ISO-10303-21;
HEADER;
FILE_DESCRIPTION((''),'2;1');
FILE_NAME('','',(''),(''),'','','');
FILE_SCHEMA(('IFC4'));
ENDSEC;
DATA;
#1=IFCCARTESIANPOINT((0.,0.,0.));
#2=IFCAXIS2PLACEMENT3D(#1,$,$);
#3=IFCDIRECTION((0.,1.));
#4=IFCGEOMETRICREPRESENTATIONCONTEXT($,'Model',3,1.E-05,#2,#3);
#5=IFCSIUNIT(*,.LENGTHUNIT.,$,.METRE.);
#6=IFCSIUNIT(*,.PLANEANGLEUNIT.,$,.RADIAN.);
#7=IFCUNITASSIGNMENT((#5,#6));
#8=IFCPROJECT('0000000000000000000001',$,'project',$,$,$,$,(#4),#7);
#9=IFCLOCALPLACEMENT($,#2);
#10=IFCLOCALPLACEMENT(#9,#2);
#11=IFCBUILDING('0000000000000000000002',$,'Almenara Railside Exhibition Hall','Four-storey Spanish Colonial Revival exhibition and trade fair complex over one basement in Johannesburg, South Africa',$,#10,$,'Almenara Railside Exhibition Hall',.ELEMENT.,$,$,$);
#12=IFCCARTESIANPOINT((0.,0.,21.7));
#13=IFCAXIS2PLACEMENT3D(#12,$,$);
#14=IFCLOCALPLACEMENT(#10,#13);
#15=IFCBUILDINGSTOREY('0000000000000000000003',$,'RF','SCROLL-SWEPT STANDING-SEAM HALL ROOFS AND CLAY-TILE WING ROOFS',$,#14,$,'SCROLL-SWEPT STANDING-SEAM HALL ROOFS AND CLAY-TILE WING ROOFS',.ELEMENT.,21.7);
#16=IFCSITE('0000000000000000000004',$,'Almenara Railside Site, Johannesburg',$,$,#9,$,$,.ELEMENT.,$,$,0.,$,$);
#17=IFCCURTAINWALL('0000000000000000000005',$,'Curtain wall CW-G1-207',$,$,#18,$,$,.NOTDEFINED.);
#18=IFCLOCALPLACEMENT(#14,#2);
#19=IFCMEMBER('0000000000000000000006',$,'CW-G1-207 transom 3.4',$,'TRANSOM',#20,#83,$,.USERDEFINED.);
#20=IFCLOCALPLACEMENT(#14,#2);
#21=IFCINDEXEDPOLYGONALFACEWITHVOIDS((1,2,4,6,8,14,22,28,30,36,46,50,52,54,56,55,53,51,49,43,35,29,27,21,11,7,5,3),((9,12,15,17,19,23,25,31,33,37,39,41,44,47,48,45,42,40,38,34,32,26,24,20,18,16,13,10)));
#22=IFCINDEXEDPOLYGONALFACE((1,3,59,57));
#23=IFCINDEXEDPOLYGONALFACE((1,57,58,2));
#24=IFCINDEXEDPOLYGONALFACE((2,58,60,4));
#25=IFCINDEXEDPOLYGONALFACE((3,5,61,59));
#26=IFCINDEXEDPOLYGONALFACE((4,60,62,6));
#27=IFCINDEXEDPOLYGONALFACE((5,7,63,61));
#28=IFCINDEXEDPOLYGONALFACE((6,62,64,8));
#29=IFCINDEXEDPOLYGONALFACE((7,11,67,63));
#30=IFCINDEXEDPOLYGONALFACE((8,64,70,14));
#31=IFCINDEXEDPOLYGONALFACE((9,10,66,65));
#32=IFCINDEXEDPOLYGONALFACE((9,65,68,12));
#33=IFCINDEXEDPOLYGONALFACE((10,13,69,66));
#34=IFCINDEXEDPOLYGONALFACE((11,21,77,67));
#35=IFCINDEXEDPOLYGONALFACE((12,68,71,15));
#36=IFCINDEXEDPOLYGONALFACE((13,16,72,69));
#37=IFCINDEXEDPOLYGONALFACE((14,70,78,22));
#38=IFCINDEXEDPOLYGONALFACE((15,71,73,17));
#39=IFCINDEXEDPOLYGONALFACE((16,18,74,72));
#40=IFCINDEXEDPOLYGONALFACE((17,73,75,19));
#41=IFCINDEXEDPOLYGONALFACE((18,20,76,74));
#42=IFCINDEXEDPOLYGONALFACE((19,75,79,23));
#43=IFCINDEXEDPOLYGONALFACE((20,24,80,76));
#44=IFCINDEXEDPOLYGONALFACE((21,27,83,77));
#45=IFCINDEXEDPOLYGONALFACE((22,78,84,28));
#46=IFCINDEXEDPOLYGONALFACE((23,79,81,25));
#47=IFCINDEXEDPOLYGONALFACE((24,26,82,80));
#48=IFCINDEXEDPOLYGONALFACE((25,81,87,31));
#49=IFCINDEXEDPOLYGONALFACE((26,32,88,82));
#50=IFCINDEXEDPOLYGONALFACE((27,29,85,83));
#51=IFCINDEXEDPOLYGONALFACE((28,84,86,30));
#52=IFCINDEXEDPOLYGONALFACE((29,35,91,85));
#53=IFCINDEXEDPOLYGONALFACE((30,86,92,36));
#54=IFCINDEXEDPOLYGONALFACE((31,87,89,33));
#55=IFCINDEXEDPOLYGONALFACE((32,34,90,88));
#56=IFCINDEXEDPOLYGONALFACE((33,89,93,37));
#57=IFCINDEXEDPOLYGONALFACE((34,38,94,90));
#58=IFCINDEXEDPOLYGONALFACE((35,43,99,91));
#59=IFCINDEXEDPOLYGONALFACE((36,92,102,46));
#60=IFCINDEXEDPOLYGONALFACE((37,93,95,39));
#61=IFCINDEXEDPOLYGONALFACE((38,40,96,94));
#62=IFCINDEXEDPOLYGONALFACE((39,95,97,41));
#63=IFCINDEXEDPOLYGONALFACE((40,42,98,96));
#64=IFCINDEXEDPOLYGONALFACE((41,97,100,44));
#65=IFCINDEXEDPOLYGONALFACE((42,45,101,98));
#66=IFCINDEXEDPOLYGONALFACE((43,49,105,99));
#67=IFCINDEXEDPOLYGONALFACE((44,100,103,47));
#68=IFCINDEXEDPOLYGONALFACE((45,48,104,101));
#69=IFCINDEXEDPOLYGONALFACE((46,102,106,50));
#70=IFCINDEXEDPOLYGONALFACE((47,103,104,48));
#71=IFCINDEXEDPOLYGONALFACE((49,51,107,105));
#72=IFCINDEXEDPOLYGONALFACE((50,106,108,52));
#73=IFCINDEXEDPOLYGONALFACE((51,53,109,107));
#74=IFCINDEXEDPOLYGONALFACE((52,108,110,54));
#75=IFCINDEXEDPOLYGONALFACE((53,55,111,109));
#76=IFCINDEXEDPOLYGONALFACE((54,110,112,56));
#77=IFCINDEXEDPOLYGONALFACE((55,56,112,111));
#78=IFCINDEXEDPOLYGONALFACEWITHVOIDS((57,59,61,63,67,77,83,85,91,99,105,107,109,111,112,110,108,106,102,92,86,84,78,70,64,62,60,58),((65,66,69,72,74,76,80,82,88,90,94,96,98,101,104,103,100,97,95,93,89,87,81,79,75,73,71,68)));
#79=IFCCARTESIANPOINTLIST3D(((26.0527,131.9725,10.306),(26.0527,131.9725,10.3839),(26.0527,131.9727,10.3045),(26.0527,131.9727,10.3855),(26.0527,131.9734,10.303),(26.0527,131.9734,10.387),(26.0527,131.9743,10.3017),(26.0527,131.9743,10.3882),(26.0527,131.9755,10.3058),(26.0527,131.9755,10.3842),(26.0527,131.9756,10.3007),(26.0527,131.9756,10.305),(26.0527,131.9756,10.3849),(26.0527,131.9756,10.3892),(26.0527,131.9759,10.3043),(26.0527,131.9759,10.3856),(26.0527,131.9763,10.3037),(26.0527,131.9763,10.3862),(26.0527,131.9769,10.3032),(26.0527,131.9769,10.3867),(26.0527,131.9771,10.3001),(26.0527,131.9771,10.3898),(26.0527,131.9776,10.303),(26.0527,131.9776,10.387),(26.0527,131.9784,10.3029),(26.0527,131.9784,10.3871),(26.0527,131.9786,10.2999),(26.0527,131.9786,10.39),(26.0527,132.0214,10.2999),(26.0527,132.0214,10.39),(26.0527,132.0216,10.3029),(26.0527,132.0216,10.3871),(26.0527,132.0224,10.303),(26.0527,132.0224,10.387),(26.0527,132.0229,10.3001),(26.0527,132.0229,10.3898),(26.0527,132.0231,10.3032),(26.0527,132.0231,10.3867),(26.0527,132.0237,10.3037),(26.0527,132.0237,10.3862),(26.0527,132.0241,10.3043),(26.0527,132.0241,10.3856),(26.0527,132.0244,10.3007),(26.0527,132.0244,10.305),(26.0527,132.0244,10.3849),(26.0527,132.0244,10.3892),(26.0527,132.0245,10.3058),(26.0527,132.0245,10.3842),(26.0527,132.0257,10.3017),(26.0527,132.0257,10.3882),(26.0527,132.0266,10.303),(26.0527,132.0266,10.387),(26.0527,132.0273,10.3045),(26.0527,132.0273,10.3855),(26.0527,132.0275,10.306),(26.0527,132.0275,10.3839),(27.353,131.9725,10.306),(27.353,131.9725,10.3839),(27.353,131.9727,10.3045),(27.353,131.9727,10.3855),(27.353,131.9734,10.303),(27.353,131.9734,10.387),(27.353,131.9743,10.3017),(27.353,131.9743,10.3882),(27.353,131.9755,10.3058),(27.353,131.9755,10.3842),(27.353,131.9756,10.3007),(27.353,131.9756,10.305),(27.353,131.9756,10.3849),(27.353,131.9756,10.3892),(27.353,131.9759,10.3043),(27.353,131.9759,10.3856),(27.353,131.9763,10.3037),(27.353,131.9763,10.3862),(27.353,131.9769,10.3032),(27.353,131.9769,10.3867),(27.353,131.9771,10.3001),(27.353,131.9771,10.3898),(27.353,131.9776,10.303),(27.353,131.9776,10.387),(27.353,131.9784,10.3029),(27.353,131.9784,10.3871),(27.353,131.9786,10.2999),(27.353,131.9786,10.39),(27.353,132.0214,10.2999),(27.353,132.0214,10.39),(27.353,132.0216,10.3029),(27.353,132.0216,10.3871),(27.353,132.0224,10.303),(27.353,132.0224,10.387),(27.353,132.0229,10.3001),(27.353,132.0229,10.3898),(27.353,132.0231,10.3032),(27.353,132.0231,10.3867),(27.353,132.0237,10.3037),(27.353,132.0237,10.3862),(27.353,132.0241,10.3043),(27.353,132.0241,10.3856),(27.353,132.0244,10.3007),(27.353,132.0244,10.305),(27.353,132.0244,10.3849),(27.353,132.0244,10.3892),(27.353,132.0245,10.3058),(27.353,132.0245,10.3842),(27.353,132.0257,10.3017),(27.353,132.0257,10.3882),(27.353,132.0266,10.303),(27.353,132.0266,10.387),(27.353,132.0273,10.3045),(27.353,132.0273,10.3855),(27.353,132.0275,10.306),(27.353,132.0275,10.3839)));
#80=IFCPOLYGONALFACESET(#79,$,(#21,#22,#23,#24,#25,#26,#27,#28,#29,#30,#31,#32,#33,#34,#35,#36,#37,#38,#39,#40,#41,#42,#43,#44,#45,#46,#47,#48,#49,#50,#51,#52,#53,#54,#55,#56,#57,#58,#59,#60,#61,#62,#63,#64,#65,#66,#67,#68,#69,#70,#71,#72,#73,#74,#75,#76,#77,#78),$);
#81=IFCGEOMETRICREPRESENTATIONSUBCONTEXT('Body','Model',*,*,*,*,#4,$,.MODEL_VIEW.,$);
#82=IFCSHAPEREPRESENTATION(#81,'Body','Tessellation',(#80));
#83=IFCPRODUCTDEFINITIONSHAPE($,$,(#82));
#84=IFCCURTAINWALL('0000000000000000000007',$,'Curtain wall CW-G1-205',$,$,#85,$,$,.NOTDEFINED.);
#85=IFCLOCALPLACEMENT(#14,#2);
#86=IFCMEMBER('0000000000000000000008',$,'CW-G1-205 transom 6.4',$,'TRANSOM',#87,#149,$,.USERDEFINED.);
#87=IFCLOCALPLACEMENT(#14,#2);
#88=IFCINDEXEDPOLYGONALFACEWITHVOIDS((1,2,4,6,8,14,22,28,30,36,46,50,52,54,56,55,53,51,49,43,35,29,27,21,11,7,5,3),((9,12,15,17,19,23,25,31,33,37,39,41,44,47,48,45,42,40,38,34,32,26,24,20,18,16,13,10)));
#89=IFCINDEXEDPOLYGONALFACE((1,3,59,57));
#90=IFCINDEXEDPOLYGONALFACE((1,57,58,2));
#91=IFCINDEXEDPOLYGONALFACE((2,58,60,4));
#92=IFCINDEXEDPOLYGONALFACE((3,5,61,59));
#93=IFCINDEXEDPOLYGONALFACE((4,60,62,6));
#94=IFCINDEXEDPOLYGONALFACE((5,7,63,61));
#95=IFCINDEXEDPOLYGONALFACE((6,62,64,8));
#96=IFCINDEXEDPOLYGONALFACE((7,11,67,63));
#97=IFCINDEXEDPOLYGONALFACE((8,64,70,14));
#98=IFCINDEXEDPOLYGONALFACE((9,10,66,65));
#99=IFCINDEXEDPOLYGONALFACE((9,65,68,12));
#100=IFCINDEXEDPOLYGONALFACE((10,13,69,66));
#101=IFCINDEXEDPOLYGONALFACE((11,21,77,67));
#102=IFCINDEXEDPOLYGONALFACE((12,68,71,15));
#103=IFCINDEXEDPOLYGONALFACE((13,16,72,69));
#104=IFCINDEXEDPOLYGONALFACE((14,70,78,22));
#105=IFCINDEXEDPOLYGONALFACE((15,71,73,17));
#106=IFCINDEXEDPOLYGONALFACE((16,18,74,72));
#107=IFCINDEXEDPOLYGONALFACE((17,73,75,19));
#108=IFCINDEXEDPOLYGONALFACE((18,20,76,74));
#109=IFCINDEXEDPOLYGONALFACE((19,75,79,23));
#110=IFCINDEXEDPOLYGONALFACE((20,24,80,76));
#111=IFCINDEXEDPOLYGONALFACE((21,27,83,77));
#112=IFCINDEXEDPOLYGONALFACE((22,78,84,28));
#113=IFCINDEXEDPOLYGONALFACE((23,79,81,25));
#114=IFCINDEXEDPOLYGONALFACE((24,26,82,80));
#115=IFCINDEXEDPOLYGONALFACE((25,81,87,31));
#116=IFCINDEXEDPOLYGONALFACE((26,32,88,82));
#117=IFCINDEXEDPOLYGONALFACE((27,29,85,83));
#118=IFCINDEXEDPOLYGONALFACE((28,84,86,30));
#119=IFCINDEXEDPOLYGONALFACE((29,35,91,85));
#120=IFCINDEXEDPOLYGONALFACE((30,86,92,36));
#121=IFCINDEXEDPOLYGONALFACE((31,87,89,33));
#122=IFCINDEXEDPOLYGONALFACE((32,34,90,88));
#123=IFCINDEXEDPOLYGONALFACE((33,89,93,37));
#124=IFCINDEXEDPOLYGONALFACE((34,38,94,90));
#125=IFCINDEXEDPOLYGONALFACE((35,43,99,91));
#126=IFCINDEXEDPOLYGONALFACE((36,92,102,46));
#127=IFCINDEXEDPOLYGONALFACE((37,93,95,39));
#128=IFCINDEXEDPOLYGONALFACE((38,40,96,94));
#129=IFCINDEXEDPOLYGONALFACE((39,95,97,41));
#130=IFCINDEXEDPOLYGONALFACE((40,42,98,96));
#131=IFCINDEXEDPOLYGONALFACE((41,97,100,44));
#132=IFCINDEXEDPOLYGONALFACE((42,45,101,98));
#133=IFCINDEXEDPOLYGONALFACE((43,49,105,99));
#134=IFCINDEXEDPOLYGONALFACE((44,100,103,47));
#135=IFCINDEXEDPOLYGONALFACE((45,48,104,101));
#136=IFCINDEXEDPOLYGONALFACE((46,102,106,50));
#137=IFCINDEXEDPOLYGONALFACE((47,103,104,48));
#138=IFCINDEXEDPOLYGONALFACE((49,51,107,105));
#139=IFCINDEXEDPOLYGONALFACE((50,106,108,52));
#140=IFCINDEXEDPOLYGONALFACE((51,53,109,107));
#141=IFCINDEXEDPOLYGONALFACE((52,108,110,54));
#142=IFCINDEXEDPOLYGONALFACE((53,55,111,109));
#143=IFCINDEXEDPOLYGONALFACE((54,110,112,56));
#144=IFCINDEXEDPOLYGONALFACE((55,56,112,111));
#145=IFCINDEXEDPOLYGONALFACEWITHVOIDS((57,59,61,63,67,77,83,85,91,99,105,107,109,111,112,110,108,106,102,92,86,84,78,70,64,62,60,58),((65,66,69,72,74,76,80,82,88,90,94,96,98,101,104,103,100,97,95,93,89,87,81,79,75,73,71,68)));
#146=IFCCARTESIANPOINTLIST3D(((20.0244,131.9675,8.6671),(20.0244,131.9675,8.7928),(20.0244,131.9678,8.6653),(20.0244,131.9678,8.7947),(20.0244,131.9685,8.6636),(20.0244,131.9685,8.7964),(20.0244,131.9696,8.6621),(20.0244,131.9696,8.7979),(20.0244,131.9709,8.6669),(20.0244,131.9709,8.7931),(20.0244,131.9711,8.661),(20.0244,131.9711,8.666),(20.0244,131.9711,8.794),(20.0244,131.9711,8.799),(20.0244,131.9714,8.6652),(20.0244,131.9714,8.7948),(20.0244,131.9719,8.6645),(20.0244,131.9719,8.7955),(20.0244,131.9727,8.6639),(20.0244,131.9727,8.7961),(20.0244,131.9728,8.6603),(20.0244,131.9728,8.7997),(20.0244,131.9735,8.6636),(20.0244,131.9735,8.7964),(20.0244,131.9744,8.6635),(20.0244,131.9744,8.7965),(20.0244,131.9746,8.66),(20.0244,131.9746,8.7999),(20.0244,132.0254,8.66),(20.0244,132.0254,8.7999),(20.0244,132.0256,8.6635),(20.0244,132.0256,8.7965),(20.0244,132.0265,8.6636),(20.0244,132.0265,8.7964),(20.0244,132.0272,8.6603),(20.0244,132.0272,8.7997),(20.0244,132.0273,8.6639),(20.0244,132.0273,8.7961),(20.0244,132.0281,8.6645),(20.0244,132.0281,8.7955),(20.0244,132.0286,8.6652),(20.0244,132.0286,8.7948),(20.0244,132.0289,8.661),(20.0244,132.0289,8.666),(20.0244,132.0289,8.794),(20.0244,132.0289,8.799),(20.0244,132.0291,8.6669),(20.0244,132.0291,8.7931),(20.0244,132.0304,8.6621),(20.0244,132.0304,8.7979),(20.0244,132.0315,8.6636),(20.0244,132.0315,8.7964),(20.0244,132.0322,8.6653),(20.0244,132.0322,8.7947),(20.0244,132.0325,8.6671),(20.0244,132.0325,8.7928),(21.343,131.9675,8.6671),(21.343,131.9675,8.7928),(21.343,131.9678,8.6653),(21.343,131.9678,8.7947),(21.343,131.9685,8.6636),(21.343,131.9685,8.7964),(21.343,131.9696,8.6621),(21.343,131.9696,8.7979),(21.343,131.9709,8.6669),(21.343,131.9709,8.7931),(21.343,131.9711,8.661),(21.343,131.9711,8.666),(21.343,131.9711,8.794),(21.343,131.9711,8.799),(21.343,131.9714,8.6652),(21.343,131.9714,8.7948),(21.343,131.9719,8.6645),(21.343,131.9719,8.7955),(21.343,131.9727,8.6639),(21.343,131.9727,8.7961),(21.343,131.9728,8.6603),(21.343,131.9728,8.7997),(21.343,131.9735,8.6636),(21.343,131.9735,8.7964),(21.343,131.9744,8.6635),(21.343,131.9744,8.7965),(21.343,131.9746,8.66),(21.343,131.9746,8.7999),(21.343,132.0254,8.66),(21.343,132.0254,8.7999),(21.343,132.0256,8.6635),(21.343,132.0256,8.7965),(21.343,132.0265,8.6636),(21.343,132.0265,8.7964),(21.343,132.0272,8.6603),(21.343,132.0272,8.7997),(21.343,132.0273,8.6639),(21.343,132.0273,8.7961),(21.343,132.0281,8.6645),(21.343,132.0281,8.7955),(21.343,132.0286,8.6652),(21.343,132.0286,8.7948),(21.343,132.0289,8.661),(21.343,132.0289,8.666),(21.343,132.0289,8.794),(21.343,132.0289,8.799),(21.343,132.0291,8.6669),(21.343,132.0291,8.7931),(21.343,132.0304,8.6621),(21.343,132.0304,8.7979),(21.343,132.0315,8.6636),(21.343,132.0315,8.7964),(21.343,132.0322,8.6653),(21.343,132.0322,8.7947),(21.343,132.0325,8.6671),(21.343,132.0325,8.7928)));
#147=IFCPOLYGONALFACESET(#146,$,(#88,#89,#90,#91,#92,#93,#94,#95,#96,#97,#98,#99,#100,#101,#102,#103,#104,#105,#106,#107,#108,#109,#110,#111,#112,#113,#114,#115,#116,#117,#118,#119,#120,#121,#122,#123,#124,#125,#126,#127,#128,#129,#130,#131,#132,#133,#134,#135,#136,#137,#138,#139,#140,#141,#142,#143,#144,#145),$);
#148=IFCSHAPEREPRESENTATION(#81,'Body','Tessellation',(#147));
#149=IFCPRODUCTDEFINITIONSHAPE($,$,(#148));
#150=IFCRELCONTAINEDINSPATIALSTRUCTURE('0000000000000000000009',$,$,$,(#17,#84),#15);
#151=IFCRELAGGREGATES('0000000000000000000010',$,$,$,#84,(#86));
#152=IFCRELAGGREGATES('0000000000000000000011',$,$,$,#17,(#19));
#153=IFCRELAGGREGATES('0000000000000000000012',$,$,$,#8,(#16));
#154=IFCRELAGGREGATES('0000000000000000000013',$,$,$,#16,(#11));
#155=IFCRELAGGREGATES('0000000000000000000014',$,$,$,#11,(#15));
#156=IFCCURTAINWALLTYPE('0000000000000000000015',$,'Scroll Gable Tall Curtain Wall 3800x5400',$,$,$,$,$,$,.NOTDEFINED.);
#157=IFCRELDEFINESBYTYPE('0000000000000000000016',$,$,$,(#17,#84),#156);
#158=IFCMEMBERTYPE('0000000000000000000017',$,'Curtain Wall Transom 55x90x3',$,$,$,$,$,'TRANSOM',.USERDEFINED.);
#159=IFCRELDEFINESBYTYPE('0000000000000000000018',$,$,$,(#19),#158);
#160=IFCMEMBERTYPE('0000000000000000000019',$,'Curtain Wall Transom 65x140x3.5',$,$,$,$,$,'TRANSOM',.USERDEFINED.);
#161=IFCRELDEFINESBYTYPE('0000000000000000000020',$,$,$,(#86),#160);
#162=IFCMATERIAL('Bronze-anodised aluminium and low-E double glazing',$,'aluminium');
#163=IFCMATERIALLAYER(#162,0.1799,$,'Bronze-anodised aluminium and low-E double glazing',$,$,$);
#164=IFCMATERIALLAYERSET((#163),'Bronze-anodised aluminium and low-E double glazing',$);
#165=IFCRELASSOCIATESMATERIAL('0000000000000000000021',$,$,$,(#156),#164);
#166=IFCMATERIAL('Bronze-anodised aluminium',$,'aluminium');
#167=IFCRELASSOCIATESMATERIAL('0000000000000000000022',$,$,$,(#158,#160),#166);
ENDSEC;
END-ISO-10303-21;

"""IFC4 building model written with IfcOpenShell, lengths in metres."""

from ifc_helpers import new_model, si_unit, direction, frame, origin, origin_2d, place, context, subcontext, project, spatial, hollow_rectangle, extrude, material, layer, layer_set, material_profile, profile_set, type_object, element, aggregate, save


model = new_model("IFC4")

# Units and contexts
model_context = context("Model", 3, precision=1e-05, world=origin(), true_north=direction((0.0, 1.0)))
body_context = subcontext(model_context, "Body", "Model", "MODEL_VIEW")
ifc_project = project(units=[si_unit("LENGTHUNIT", "METRE"), si_unit("PLANEANGLEUNIT", "RADIAN")], contexts=[model_context])

# Site, building, storey
site_placement = place(None, origin())
site = spatial("IfcSite", under=ifc_project, at=site_placement, Name="Almenara Railside Site, Johannesburg", CompositionType="ELEMENT", RefElevation=0.0)
building_placement = place(site_placement, origin())
building = spatial("IfcBuilding", under=site, at=building_placement, Name="Almenara Railside Exhibition Hall", Description="Four-storey Spanish Colonial Revival exhibition and trade fair complex over one basement in Johannesburg, South Africa", LongName="Almenara Railside Exhibition Hall", CompositionType="ELEMENT")
storey_placement = place(building_placement, frame((0.0, 0.0, 21.7)))
storey = spatial("IfcBuildingStorey", under=building, at=storey_placement, Name="RF", Description="SCROLL-SWEPT STANDING-SEAM HALL ROOFS AND CLAY-TILE WING ROOFS", LongName="SCROLL-SWEPT STANDING-SEAM HALL ROOFS AND CLAY-TILE WING ROOFS", CompositionType="ELEMENT", Elevation=21.7)

# Curtain wall, member
ifc_material_1 = material(Name="Bronze-anodised aluminium and low-E double glazing", Category="aluminium")
ifc_layer_1 = layer(ifc_material_1, 0.1799, Name="Bronze-anodised aluminium and low-E double glazing")
ifc_layer_set_1 = layer_set([ifc_layer_1], Name="Bronze-anodised aluminium and low-E double glazing")
curtain_wall_type = type_object("IfcCurtainWallType", Name="Scroll Gable Tall Curtain Wall 3800x5400", PredefinedType="NOTDEFINED", material=ifc_layer_set_1)
curtain_wall_1_placement = place(storey_placement, origin())
curtain_wall_1 = element("IfcCurtainWall", 1, at=curtain_wall_1_placement, inside=storey, type_object=curtain_wall_type, Name="Curtain wall CW-G1-207", PredefinedType="NOTDEFINED")
ifc_material_2 = material(Name="Bronze-anodised aluminium", Category="aluminium")
ifc_material_profile_1 = material_profile(ifc_material_2, hollow_rectangle(XDim=0.0549, YDim=0.0901, WallThickness=0.0029, InnerFilletRadius=0.0029, OuterFilletRadius=0.0061, at=origin_2d()), Name="ALU-TRN 55x90x3")
ifc_profile_set_1 = profile_set([ifc_material_profile_1], Name="Bronze-anodised aluminium")
member_type_1 = type_object("IfcMemberType", Name="Curtain Wall Transom 55x90x3", ElementType="TRANSOM", PredefinedType="USERDEFINED", material=ifc_profile_set_1)
member_1_placement = place(storey_placement, frame((26.0527, 132.0, 10.345), z_axis=(1.0, 0.0, 0.0), x_axis=(0.0, 1.0, 0.0)))
member_1 = element("IfcMember", 2, at=member_1_placement, type_object=member_type_1, Name="CW-G1-207 transom 3.4", ObjectType="TRANSOM", PredefinedType="USERDEFINED", context=body_context, shape_type="SweptSolid", body=[
    extrude(hollow_rectangle(XDim=0.0549, YDim=0.0901, WallThickness=0.0029, InnerFilletRadius=0.0029, OuterFilletRadius=0.0061, at=origin_2d()), origin(), (0.0, 0.0, 1.0), 1.3003),
])

# Curtain wall, member
curtain_wall_2_placement = place(storey_placement, origin())
curtain_wall_2 = element("IfcCurtainWall", 3, at=curtain_wall_2_placement, inside=storey, type_object=curtain_wall_type, Name="Curtain wall CW-G1-205", PredefinedType="NOTDEFINED")
ifc_material_profile_2 = material_profile(ifc_material_2, hollow_rectangle(XDim=0.0649, YDim=0.1399, WallThickness=0.0034, InnerFilletRadius=0.0034, OuterFilletRadius=0.0071, at=origin_2d()), Name="ALU-TRN 65x140x3.5")
ifc_profile_set_2 = profile_set([ifc_material_profile_2], Name="Bronze-anodised aluminium")
member_type_2 = type_object("IfcMemberType", Name="Curtain Wall Transom 65x140x3.5", ElementType="TRANSOM", PredefinedType="USERDEFINED", material=ifc_profile_set_2)
member_2_placement = place(storey_placement, frame((20.0244, 132.0, 8.73), z_axis=(1.0, 0.0, 0.0), x_axis=(0.0, 1.0, 0.0)))
member_2 = element("IfcMember", 4, at=member_2_placement, type_object=member_type_2, Name="CW-G1-205 transom 6.4", ObjectType="TRANSOM", PredefinedType="USERDEFINED", context=body_context, shape_type="SweptSolid", body=[
    extrude(hollow_rectangle(XDim=0.0649, YDim=0.1399, WallThickness=0.0034, InnerFilletRadius=0.0034, OuterFilletRadius=0.0071, at=origin_2d()), origin(), (0.0, 0.0, 1.0), 1.3186),
])

aggregate(curtain_wall_2, [member_2])
aggregate(curtain_wall_1, [member_1])

save(model, "model.ifc")
